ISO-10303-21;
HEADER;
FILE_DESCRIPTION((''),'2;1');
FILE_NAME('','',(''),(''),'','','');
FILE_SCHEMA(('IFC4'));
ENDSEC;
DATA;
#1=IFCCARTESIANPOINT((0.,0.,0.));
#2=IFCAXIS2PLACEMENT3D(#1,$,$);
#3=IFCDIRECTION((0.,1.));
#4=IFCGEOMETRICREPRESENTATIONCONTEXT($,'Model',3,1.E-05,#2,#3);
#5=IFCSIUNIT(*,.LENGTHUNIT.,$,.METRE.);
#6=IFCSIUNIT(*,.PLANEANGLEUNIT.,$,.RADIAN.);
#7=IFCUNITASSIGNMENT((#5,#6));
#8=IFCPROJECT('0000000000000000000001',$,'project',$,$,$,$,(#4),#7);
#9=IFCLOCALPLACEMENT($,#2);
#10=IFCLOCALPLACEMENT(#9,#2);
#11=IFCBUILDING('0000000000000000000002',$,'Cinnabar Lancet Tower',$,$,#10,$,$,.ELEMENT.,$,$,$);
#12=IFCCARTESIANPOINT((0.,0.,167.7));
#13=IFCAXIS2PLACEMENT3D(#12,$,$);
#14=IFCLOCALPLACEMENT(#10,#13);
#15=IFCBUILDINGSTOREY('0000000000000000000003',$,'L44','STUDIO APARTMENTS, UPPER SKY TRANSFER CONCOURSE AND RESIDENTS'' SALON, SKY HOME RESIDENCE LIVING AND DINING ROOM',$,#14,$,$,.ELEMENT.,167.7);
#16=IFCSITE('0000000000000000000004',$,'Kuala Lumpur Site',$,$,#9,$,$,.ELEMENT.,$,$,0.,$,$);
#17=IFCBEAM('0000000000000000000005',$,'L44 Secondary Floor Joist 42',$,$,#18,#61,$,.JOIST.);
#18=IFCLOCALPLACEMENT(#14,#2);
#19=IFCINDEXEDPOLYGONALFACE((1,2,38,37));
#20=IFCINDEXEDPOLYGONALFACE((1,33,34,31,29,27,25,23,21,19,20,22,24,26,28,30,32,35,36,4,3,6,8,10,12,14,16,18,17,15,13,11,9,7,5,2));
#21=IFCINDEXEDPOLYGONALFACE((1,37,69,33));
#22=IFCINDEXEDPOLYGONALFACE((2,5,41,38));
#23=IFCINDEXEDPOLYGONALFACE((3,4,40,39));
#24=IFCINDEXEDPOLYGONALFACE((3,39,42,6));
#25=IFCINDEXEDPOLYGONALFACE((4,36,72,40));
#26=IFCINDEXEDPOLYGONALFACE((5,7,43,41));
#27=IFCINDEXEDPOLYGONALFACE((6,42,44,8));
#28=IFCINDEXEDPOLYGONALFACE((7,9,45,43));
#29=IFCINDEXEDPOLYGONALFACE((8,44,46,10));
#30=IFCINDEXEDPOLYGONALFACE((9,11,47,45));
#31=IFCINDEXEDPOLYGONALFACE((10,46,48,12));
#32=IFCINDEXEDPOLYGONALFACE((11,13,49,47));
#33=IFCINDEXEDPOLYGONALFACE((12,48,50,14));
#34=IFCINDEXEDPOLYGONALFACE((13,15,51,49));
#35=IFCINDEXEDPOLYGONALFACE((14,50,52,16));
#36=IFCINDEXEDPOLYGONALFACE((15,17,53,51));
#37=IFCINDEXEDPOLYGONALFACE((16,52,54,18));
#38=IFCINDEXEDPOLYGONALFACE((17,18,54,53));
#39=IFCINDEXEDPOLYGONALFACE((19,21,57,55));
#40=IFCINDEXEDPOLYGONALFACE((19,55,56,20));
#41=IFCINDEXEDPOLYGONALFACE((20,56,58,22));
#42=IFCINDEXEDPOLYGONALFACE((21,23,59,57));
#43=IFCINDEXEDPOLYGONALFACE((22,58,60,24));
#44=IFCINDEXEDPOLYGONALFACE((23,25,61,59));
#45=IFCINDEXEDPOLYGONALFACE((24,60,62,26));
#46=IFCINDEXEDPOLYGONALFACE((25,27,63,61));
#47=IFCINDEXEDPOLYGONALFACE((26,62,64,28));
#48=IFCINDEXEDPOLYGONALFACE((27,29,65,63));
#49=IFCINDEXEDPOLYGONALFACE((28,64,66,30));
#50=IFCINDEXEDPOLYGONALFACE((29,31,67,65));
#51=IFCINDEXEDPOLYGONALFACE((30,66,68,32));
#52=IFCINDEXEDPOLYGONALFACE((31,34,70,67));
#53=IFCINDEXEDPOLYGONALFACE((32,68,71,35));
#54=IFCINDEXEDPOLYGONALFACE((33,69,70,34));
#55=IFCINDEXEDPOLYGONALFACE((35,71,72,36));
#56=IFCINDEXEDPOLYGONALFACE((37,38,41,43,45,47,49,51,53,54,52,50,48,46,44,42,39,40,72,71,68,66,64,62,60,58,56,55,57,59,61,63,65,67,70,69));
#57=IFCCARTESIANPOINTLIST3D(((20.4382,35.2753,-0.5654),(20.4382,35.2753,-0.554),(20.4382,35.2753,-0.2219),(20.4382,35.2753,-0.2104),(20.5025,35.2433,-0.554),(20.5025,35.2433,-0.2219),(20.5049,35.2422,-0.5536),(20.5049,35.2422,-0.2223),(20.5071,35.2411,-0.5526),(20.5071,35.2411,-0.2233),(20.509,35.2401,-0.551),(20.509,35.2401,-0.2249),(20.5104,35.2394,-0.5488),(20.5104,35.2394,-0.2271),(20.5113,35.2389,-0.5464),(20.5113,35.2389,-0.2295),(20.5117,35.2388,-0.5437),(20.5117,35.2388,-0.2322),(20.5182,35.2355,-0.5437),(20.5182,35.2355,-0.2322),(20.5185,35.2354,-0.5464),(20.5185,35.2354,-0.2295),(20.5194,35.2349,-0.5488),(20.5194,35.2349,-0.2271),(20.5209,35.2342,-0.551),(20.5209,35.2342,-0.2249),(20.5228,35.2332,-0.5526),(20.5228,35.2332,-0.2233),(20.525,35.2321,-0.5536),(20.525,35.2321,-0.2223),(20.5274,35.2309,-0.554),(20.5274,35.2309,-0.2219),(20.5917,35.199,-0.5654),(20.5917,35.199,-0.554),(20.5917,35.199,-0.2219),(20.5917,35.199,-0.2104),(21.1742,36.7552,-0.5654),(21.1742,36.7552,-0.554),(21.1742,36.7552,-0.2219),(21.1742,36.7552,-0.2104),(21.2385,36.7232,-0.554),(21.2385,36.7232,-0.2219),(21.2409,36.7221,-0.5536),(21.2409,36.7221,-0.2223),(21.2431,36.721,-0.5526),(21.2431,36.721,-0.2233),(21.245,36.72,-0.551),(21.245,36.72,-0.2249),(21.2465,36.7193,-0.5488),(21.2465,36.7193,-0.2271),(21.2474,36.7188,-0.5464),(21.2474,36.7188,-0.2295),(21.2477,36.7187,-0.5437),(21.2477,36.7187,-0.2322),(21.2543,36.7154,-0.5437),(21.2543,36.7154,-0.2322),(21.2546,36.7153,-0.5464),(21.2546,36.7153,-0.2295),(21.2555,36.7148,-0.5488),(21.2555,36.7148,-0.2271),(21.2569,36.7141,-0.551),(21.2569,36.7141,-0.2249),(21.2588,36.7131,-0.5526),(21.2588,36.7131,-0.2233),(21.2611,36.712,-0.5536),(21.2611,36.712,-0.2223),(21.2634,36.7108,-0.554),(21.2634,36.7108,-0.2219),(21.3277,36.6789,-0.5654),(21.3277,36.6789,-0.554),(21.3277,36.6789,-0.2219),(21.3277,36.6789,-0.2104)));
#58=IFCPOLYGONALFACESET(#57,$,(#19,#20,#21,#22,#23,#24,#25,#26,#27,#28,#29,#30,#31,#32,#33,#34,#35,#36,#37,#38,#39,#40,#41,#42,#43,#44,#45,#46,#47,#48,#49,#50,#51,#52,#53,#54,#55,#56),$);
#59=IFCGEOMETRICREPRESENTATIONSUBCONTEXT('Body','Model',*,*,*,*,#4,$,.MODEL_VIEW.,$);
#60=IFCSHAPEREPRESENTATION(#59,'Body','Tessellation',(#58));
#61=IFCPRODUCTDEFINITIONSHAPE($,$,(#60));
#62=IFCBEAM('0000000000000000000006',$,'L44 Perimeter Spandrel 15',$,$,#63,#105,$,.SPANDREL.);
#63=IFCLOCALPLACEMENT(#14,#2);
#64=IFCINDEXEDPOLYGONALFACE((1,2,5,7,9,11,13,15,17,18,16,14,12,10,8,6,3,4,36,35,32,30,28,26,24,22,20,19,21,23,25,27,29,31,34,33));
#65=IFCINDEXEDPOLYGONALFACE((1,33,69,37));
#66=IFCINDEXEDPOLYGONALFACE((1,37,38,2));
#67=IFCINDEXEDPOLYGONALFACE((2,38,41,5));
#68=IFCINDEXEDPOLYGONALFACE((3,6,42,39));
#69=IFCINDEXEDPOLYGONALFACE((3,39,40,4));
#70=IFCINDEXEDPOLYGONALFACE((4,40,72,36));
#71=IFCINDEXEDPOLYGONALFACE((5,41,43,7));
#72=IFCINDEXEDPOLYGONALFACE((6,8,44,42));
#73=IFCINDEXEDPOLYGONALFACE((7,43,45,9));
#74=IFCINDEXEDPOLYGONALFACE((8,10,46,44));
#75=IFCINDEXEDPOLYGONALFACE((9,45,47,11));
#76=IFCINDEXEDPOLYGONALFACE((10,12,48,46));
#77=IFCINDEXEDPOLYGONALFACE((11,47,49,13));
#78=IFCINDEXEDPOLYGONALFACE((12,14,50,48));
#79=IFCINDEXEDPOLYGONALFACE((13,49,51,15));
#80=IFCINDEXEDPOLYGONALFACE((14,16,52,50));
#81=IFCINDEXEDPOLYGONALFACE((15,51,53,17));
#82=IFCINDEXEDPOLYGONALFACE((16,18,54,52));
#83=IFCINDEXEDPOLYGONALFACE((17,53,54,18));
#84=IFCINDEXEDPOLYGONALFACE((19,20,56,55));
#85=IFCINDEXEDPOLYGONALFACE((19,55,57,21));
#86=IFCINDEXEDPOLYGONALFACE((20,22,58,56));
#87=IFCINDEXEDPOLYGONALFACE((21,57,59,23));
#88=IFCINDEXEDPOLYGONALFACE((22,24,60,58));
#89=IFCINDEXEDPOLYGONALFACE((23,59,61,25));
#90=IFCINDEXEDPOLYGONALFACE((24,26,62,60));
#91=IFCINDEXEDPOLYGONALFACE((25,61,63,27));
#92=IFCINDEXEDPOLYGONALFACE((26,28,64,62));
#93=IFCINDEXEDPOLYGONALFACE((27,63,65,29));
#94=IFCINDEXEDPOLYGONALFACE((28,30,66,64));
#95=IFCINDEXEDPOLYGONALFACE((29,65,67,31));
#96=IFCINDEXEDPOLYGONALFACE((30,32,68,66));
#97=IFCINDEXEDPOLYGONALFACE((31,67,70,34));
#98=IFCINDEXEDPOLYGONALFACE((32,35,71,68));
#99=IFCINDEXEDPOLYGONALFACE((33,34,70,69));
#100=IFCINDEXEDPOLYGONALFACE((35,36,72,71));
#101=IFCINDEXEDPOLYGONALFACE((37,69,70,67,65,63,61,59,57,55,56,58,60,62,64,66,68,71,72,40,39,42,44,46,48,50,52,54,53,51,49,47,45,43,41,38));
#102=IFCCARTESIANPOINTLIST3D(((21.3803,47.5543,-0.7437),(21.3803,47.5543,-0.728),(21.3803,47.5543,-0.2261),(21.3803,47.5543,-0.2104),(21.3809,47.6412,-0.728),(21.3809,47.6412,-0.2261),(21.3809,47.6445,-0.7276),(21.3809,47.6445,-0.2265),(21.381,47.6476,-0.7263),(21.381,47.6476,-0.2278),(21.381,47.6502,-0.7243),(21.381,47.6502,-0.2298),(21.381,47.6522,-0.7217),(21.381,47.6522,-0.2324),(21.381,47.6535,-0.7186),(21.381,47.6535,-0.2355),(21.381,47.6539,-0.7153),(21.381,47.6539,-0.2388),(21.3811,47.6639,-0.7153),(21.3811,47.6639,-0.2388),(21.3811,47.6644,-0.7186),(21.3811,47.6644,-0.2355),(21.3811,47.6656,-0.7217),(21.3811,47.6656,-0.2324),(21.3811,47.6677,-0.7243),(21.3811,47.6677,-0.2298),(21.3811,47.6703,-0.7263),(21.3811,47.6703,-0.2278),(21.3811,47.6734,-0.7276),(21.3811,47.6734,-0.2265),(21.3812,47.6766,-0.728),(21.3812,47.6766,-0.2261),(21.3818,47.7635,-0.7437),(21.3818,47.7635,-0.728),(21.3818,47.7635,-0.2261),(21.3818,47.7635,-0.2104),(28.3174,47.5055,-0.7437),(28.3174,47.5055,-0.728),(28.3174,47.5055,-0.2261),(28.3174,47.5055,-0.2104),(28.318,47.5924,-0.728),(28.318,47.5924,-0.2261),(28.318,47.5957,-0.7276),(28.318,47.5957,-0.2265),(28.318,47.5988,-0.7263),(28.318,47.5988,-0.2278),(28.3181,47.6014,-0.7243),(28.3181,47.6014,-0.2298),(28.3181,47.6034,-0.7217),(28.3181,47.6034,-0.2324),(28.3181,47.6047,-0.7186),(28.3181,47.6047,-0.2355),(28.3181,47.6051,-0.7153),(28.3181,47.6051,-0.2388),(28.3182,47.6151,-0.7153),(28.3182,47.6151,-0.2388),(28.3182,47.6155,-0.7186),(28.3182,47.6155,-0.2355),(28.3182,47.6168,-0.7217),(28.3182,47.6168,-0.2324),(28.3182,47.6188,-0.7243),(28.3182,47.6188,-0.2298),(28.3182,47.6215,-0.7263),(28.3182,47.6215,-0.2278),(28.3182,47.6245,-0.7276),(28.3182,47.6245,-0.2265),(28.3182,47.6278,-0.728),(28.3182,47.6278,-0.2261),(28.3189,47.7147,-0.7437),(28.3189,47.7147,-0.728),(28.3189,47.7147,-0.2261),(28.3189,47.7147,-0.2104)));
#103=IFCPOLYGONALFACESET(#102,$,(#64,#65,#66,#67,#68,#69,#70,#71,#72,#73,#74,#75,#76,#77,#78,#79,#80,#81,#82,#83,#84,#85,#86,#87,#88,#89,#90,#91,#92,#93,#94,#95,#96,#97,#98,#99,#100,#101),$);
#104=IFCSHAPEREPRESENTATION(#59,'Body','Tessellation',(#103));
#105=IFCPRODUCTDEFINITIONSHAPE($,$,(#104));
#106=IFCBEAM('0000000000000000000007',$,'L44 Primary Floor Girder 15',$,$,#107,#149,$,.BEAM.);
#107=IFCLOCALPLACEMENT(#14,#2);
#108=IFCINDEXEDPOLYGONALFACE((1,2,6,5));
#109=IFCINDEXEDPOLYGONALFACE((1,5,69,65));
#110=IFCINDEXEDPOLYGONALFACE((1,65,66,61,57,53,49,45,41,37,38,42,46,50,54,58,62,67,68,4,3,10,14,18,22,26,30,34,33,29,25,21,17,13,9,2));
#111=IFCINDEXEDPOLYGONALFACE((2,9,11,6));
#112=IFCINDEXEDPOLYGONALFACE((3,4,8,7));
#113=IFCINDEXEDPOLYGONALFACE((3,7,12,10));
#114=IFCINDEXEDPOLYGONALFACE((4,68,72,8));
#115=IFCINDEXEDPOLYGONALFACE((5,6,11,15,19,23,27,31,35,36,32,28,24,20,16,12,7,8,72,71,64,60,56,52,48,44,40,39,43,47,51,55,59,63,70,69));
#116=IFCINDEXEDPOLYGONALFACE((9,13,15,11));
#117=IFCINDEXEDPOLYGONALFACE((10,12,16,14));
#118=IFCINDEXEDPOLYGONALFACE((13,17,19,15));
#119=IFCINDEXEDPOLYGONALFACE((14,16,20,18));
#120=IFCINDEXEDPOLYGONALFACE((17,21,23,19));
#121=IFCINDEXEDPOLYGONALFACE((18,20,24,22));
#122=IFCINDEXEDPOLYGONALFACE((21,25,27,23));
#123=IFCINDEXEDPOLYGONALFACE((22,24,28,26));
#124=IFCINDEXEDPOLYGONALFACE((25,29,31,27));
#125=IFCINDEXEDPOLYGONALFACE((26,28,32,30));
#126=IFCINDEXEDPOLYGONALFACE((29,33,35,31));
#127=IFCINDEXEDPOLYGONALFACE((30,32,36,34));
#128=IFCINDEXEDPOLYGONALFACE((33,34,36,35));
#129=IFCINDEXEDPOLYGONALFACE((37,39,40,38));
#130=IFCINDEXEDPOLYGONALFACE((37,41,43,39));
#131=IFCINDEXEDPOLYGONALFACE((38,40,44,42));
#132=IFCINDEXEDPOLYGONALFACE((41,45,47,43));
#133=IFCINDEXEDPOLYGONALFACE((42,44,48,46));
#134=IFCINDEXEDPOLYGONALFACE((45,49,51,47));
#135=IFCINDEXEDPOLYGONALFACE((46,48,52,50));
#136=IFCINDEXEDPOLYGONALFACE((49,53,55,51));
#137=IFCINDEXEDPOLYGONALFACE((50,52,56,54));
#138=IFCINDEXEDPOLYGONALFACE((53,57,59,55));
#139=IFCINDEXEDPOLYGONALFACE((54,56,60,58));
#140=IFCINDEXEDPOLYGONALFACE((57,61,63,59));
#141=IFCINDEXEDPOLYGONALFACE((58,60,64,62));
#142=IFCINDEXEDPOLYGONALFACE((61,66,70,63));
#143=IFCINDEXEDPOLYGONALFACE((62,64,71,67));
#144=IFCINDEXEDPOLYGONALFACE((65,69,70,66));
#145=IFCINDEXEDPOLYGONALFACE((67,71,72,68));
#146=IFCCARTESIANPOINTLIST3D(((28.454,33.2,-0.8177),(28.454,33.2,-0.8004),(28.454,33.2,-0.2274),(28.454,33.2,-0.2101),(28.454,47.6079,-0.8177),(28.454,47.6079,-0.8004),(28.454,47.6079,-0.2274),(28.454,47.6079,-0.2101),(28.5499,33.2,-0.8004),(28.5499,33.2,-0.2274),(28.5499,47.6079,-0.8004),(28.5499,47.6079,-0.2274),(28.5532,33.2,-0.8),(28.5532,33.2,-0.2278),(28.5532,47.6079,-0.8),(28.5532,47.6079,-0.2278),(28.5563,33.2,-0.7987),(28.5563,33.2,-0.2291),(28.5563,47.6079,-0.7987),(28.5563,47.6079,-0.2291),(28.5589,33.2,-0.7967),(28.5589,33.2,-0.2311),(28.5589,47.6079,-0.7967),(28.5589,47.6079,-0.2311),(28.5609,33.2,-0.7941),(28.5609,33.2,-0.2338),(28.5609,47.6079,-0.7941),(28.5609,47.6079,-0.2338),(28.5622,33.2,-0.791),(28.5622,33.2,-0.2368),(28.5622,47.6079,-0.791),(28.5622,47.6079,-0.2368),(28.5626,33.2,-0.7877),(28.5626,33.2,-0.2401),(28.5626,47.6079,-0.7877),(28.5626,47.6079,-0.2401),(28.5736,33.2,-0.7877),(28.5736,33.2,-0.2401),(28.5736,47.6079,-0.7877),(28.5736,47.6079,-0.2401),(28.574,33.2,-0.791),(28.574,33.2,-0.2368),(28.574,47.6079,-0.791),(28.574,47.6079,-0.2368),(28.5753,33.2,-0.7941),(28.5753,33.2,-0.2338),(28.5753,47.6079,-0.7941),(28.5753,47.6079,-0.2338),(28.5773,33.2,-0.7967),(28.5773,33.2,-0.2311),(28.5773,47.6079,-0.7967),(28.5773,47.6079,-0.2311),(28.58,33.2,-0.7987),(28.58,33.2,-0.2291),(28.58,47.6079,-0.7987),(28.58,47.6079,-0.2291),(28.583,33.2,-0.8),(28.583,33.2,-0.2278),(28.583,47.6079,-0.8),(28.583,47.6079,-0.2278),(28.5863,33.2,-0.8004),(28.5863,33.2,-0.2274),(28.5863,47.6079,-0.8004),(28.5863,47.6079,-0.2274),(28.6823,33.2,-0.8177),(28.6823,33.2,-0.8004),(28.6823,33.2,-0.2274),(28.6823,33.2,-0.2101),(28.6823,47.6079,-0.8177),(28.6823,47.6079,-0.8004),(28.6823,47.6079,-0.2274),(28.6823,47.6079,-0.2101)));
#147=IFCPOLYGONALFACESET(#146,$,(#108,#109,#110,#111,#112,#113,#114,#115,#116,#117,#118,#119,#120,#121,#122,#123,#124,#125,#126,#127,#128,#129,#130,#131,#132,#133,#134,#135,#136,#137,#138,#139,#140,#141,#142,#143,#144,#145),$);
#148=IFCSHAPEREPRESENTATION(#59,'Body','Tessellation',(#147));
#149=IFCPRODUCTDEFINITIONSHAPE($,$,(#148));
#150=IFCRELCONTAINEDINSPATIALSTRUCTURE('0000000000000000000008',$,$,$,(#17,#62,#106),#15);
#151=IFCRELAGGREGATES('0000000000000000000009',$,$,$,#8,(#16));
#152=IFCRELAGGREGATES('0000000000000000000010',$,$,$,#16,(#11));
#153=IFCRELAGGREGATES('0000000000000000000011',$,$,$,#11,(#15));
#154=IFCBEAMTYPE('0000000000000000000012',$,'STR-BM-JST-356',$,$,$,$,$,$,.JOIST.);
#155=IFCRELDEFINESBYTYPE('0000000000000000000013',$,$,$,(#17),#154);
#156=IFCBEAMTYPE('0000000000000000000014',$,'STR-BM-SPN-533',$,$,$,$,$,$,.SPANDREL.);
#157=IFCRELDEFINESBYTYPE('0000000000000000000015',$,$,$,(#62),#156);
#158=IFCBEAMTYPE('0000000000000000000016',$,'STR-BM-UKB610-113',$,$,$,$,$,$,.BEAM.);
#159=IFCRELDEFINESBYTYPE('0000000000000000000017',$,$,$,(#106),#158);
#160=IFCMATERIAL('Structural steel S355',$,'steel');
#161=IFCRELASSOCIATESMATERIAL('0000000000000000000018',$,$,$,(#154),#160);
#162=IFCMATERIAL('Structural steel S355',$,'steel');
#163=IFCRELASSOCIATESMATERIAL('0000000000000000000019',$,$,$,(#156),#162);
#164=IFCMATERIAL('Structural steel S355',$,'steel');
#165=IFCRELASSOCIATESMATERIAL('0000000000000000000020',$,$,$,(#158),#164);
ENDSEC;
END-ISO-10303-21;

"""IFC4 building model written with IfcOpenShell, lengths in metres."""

from ifc_helpers import new_model, si_unit, direction, frame, origin, origin_2d, place, context, subcontext, project, spatial, i_section, extrude, material, material_profile, profile_set, type_object, element, save


model = new_model("IFC4")

# Units and contexts
model_context = context("Model", 3, precision=1e-05, world=origin(), true_north=direction((0.0, 1.0)))
body_context = subcontext(model_context, "Body", "Model", "MODEL_VIEW")
ifc_project = project(units=[si_unit("LENGTHUNIT", "METRE"), si_unit("PLANEANGLEUNIT", "RADIAN")], contexts=[model_context])

# Site, building, storey
site_placement = place(None, origin())
site = spatial("IfcSite", under=ifc_project, at=site_placement, Name="Kuala Lumpur Site", CompositionType="ELEMENT", RefElevation=0.0)
building_placement = place(site_placement, origin())
building = spatial("IfcBuilding", under=site, at=building_placement, Name="Cinnabar Lancet Tower", CompositionType="ELEMENT")
storey_placement = place(building_placement, frame((0.0, 0.0, 167.7)))
storey = spatial("IfcBuildingStorey", under=building, at=storey_placement, Name="L44", Description="STUDIO APARTMENTS, UPPER SKY TRANSFER CONCOURSE AND RESIDENTS' SALON, SKY HOME RESIDENCE LIVING AND DINING ROOM", CompositionType="ELEMENT", Elevation=167.7)

# Beams
ifc_material_1 = material(Name="Structural steel S355", Category="steel")
ifc_material_profile_1 = material_profile(ifc_material_1, i_section(OverallWidth=0.1714, OverallDepth=0.355, WebThickness=0.0073, FlangeThickness=0.0115, FilletRadius=0.0103, at=origin_2d()), Name="UKB 356x171x51")
ifc_profile_set_1 = profile_set([ifc_material_profile_1], Name="Structural steel S355")
beam_type_1 = type_object("IfcBeamType", Name="STR-BM-JST-356", PredefinedType="JOIST", material=ifc_profile_set_1)
beam_1_placement = place(storey_placement, frame((21.251, 36.717, -0.3879), z_axis=(-0.445322, -0.89537, 0.0), x_axis=(0.89537, -0.445322, 0.0)))
element("IfcBeam", 1, at=beam_1_placement, inside=storey, type_object=beam_type_1, Name="L44 Secondary Floor Joist 42", PredefinedType="JOIST", context=body_context, shape_type="SweptSolid", body=[
    extrude(i_section(OverallWidth=0.1714, OverallDepth=0.355, WebThickness=0.0073, FlangeThickness=0.0115, FilletRadius=0.0103, at=origin_2d()), origin(), (0.0, 0.0, 1.0), 1.6528),
])
ifc_material_2 = material(Name="Structural steel S355", Category="steel")
ifc_material_profile_2 = material_profile(ifc_material_2, i_section(OverallWidth=0.2092, OverallDepth=0.5332, WebThickness=0.01, FlangeThickness=0.0156, FilletRadius=0.0127, at=origin_2d()), Name="UKB 533x210x92")
ifc_profile_set_2 = profile_set([ifc_material_profile_2], Name="Structural steel S355")
beam_type_2 = type_object("IfcBeamType", Name="STR-BM-SPN-533", PredefinedType="SPANDREL", material=ifc_profile_set_2)
beam_2_placement = place(storey_placement, frame((28.3181, 47.6101, -0.4771), z_axis=(-0.999975, 0.007039, 0.0), x_axis=(-0.007039, -0.999975, 0.0)))
element("IfcBeam", 2, at=beam_2_placement, inside=storey, type_object=beam_type_2, Name="L44 Perimeter Spandrel 15", PredefinedType="SPANDREL", context=body_context, shape_type="SweptSolid", body=[
    extrude(i_section(OverallWidth=0.2092, OverallDepth=0.5332, WebThickness=0.01, FlangeThickness=0.0156, FilletRadius=0.0127, at=origin_2d()), origin(), (0.0, 0.0, 1.0), 6.9373),
])
ifc_material_3 = material(Name="Structural steel S355", Category="steel")
ifc_material_profile_3 = material_profile(ifc_material_3, i_section(OverallWidth=0.2283, OverallDepth=0.6077, WebThickness=0.011, FlangeThickness=0.0173, FilletRadius=0.0127, at=origin_2d()), Name="UKB 610x229x113")
ifc_profile_set_3 = profile_set([ifc_material_profile_3], Name="Structural steel S355")
beam_type_3 = type_object("IfcBeamType", Name="STR-BM-UKB610-113", PredefinedType="BEAM", material=ifc_profile_set_3)
beam_3_placement = place(storey_placement, frame((28.5681, 47.6079, -0.5139), z_axis=(0.0, -1.0, 0.0), x_axis=(1.0, 0.0, 0.0)))
element("IfcBeam", 3, at=beam_3_placement, inside=storey, type_object=beam_type_3, Name="L44 Primary Floor Girder 15", PredefinedType="BEAM", context=body_context, shape_type="SweptSolid", body=[
    extrude(i_section(OverallWidth=0.2283, OverallDepth=0.6077, WebThickness=0.011, FlangeThickness=0.0173, FilletRadius=0.0127, at=origin_2d()), origin(), (0.0, 0.0, 1.0), 14.408),
])

save(model, "model.ifc")
